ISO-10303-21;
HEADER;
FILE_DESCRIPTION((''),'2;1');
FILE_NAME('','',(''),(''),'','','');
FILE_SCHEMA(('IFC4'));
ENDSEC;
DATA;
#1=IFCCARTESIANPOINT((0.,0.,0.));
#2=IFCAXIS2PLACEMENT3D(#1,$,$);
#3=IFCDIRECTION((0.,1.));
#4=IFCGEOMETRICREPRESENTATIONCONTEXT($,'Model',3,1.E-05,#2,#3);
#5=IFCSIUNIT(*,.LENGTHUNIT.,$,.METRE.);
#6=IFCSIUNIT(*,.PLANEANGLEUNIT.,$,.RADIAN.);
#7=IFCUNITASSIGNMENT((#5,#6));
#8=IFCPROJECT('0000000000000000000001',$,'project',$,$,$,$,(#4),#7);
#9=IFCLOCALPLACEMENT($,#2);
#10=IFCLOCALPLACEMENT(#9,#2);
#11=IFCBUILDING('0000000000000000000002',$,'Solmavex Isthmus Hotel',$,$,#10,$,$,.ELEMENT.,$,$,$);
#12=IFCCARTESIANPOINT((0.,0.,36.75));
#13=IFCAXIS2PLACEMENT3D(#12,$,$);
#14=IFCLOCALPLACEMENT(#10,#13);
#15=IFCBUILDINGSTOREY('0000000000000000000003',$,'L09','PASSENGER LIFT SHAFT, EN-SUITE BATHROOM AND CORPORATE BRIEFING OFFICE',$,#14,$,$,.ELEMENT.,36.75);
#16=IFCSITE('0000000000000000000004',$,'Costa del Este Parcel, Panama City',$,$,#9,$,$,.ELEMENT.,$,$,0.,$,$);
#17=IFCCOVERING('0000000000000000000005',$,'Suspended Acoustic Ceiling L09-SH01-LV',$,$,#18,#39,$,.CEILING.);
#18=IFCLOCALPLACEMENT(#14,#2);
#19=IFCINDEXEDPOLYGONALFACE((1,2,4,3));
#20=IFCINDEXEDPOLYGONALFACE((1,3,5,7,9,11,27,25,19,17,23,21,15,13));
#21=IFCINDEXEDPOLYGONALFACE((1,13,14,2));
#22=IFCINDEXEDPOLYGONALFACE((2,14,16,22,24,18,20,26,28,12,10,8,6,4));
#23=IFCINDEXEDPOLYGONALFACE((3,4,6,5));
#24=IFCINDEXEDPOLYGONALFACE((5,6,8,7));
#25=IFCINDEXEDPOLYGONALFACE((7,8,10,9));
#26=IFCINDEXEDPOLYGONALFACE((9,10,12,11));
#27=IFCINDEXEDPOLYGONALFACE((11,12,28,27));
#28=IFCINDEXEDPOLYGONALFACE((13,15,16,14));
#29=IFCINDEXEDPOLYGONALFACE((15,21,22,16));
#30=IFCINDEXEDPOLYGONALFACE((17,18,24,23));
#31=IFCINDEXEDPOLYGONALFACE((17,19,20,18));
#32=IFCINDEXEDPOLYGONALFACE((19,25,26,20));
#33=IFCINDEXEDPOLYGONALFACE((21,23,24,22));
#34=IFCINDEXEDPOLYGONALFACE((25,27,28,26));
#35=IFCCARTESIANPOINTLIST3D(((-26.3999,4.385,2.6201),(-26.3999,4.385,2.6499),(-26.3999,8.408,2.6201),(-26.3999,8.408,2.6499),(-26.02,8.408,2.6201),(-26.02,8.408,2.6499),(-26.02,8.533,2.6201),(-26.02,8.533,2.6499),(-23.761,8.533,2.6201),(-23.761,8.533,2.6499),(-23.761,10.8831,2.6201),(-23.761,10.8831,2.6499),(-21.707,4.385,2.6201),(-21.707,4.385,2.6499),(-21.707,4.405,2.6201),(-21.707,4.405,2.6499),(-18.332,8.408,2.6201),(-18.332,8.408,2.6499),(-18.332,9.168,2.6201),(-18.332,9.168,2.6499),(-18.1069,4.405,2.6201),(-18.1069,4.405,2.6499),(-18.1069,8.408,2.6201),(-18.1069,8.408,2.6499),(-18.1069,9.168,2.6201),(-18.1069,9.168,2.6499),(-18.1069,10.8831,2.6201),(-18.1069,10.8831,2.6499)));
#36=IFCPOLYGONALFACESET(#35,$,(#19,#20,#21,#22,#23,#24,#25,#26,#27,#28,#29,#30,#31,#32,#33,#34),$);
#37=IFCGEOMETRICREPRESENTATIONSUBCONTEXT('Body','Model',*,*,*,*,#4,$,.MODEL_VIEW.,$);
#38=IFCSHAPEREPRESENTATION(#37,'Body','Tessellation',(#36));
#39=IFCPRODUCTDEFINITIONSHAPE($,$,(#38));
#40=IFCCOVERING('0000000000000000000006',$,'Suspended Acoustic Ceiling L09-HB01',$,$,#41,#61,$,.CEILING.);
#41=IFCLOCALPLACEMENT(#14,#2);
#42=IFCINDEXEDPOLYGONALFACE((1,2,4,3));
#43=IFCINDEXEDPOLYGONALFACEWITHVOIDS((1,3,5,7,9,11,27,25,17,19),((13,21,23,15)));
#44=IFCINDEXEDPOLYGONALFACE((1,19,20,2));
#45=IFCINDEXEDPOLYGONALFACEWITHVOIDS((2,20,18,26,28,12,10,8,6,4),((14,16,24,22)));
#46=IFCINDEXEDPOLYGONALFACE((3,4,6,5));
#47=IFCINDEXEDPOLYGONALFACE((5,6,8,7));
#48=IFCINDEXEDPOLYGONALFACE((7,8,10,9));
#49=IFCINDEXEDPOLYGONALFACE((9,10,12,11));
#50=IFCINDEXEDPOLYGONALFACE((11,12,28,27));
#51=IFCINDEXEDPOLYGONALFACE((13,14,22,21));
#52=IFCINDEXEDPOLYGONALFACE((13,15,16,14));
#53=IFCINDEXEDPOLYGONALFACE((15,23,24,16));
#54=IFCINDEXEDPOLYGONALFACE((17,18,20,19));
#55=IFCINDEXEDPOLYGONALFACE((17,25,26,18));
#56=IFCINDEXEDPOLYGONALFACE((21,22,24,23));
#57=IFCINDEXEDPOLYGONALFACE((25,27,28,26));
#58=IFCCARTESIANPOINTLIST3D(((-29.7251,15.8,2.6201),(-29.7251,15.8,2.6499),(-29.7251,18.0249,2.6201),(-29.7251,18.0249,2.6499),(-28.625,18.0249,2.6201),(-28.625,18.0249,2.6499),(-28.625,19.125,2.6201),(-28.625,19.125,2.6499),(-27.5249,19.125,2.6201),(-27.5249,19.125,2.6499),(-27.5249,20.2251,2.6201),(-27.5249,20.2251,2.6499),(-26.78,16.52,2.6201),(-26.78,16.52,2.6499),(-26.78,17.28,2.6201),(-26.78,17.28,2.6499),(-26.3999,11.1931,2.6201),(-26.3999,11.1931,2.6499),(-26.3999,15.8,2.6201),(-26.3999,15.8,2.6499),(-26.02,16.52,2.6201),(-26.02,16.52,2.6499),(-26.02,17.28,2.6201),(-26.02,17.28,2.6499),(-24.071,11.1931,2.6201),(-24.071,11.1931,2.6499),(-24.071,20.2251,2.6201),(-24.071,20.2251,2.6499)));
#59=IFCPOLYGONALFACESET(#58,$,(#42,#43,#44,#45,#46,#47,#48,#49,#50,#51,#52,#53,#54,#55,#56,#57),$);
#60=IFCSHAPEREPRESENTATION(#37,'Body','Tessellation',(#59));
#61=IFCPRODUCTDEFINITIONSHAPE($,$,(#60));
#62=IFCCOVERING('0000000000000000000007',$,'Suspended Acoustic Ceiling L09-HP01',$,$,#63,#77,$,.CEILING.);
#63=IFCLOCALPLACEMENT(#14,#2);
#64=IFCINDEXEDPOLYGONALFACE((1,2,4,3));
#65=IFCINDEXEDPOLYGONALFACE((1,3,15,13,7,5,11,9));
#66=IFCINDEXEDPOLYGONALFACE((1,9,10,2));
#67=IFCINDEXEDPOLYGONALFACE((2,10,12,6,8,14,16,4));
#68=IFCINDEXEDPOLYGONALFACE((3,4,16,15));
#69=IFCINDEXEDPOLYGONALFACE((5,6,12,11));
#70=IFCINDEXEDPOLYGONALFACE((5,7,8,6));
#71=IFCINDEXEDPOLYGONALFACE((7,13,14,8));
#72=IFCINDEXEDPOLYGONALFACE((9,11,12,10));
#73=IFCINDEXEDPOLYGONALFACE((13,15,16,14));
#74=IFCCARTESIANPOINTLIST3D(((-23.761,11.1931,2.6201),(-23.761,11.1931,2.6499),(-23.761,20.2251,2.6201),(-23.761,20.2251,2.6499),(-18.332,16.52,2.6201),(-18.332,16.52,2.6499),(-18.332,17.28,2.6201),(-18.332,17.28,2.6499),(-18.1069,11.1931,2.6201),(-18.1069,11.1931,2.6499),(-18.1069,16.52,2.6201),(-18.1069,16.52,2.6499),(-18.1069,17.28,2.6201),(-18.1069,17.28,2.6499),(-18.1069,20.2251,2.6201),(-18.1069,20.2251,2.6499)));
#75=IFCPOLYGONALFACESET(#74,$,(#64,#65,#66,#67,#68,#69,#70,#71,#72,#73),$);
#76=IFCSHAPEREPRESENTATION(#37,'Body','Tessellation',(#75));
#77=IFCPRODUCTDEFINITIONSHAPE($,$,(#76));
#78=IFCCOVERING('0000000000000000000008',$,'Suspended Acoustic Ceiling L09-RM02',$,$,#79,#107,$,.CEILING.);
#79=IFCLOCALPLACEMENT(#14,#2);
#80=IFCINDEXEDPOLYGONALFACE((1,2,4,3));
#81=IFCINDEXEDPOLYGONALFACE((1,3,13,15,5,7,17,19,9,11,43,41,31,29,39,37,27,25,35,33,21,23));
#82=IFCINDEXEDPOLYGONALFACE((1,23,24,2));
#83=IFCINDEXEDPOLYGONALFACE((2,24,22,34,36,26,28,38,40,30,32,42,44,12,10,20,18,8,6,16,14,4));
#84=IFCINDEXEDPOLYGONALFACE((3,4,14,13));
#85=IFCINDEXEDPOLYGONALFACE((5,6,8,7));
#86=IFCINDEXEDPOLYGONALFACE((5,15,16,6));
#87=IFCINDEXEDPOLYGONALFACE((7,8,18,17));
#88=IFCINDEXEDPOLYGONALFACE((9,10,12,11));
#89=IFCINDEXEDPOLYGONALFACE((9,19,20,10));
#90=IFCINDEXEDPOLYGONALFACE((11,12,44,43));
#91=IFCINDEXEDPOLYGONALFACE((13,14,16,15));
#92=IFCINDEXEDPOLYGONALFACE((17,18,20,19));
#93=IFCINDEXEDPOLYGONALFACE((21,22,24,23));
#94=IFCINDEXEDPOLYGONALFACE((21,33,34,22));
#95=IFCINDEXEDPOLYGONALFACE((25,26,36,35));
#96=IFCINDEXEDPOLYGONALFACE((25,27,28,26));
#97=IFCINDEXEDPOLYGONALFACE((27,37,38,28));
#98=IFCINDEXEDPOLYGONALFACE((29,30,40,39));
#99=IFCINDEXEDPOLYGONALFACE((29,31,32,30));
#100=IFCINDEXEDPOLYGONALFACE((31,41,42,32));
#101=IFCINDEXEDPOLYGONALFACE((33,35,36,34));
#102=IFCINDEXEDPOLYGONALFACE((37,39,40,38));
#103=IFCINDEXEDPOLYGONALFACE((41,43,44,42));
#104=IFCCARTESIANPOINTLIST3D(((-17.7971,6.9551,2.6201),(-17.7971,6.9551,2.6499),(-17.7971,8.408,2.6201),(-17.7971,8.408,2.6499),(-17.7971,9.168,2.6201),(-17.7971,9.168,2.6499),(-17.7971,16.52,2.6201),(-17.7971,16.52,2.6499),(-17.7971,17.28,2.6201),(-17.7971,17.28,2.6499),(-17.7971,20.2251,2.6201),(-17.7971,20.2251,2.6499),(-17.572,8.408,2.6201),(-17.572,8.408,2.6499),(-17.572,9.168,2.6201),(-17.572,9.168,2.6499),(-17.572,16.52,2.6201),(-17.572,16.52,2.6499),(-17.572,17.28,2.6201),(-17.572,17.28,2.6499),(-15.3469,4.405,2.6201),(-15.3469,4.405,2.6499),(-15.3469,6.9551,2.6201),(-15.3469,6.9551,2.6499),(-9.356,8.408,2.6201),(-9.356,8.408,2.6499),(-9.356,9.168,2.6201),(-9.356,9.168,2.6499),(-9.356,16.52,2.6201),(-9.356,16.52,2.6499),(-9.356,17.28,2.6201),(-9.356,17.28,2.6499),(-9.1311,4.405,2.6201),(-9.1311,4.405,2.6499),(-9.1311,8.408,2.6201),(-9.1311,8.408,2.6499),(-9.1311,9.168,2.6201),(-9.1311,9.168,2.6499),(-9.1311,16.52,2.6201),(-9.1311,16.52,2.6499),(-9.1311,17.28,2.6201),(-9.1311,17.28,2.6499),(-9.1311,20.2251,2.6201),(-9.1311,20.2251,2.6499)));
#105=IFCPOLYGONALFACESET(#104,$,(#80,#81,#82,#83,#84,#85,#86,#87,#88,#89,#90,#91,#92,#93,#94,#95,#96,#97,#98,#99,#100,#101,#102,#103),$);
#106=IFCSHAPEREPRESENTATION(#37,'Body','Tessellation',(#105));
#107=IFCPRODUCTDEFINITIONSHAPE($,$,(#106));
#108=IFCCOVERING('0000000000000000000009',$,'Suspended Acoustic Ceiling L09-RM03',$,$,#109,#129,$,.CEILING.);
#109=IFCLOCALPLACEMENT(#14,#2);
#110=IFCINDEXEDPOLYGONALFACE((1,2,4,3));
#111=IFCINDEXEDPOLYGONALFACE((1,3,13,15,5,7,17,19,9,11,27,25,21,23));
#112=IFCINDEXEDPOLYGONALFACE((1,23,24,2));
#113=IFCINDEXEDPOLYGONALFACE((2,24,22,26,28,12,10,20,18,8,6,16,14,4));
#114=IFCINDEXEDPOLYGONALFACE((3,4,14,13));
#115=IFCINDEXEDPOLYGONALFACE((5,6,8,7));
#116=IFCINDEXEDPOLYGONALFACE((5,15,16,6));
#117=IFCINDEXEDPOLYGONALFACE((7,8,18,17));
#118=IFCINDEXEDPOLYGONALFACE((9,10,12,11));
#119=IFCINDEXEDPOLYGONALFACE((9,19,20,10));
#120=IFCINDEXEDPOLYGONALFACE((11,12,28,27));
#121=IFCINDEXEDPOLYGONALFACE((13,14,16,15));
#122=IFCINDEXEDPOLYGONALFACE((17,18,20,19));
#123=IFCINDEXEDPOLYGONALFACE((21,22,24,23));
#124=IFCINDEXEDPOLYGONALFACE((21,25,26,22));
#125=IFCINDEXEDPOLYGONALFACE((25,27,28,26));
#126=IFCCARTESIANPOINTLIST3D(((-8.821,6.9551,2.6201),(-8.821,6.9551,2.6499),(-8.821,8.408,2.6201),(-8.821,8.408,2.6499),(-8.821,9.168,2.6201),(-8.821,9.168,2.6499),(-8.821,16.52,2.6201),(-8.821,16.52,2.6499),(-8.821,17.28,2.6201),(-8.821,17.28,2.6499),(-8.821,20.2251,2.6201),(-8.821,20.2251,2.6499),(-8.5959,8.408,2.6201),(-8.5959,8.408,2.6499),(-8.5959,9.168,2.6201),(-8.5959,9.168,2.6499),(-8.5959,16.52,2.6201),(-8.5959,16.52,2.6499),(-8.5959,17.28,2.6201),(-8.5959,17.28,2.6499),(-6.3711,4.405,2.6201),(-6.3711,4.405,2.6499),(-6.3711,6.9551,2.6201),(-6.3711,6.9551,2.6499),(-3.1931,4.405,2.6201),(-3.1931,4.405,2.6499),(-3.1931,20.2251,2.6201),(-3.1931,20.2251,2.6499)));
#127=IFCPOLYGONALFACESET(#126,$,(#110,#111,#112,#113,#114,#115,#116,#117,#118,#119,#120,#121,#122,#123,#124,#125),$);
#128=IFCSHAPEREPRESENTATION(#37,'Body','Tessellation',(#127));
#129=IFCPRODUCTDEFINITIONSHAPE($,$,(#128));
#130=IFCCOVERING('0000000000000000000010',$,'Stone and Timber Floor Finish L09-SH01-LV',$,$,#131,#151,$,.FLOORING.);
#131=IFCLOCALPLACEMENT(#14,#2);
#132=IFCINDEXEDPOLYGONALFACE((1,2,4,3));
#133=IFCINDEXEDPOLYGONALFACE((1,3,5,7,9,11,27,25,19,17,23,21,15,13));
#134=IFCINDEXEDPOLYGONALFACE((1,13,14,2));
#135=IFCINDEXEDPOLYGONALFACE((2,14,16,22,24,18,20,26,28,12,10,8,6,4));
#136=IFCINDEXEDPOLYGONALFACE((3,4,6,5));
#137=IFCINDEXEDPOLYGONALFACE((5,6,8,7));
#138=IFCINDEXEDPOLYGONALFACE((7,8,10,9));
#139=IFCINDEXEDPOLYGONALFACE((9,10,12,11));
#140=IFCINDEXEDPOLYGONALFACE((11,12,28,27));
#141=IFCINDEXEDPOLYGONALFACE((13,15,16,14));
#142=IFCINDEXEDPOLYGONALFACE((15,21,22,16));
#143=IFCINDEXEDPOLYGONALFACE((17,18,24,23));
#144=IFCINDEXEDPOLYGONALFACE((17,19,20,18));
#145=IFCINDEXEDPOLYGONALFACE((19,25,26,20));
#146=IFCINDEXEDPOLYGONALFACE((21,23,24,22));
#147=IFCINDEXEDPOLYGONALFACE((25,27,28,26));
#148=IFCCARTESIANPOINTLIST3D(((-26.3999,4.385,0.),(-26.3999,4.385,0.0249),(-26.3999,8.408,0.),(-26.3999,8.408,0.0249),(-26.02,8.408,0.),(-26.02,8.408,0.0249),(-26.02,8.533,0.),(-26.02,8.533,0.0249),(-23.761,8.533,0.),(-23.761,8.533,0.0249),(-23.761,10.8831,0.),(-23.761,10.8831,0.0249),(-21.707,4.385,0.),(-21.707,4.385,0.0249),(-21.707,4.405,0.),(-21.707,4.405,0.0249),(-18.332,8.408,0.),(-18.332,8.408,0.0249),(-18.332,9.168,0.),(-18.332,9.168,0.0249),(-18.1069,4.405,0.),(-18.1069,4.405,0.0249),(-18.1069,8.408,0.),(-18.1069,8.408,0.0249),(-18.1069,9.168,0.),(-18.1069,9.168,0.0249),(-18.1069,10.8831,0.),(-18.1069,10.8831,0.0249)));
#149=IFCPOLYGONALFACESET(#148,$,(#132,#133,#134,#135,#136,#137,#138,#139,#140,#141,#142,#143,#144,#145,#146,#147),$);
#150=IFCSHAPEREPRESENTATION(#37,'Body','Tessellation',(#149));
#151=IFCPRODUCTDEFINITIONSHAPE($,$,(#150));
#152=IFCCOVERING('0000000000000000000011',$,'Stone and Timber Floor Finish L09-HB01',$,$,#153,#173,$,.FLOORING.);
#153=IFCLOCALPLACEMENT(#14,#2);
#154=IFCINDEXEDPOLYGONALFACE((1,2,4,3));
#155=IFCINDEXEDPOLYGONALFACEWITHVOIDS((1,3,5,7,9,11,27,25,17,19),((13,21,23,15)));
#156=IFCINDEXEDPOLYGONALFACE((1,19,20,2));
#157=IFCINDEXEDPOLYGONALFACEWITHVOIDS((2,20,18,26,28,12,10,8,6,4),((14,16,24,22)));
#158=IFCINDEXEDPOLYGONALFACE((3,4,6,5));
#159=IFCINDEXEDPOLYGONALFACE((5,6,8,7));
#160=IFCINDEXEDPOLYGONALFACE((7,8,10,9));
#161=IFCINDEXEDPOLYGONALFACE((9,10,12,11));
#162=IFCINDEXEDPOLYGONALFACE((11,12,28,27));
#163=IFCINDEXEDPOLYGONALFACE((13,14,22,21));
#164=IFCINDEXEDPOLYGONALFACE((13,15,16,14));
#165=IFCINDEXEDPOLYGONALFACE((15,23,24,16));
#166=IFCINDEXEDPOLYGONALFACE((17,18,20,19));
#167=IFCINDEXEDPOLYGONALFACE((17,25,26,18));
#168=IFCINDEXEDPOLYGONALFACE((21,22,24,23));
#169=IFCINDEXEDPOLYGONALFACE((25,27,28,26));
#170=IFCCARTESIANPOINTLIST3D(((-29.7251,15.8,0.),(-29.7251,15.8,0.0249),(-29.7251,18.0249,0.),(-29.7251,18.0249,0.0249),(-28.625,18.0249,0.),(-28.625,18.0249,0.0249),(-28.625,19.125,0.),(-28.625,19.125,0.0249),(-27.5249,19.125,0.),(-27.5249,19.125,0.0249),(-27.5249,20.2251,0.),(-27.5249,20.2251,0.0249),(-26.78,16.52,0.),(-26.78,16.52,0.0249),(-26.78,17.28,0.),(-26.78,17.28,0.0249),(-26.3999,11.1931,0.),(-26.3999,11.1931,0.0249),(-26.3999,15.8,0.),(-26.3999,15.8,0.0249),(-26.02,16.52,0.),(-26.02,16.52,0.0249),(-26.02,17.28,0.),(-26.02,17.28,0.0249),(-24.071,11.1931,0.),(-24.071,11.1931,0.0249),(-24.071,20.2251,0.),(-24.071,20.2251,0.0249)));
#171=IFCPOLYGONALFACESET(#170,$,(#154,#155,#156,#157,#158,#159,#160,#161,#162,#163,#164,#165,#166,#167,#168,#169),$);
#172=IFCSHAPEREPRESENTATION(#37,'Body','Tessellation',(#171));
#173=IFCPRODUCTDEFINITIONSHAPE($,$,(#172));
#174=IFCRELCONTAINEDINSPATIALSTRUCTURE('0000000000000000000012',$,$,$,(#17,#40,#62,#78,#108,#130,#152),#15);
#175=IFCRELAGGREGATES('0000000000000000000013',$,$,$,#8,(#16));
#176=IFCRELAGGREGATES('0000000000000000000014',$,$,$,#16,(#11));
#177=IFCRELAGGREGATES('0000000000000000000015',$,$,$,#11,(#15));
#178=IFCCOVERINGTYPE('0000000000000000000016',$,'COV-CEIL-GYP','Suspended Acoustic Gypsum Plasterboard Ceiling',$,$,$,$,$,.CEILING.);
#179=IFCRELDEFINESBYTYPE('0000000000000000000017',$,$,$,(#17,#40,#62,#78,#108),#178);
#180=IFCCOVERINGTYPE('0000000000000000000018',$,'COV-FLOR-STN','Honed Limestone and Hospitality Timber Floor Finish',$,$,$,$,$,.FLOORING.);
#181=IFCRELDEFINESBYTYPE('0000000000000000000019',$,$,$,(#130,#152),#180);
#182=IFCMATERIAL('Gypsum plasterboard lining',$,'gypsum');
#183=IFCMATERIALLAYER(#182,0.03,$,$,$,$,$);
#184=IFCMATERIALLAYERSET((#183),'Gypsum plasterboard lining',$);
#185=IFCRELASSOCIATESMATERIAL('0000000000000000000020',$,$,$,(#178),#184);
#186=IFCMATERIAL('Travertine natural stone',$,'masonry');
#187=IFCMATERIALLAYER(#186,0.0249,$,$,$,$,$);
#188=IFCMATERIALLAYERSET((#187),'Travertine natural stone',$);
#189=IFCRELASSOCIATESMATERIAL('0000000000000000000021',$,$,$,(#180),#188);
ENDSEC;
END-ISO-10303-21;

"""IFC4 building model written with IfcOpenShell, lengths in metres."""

from ifc_helpers import new_model, si_unit, direction, frame, origin, place, context, subcontext, project, spatial, polyline, outline, extrude, material, layer, layer_set, type_object, element, save


model = new_model("IFC4")

# Units and contexts
model_context = context("Model", 3, precision=1e-05, world=origin(), true_north=direction((0.0, 1.0)))
body_context = subcontext(model_context, "Body", "Model", "MODEL_VIEW")
ifc_project = project(units=[si_unit("LENGTHUNIT", "METRE"), si_unit("PLANEANGLEUNIT", "RADIAN")], contexts=[model_context])

# Site, building, storey
site_placement = place(None, origin())
site = spatial("IfcSite", under=ifc_project, at=site_placement, Name="Costa del Este Parcel, Panama City", CompositionType="ELEMENT", RefElevation=0.0)
building_placement = place(site_placement, origin())
building = spatial("IfcBuilding", under=site, at=building_placement, Name="Solmavex Isthmus Hotel", CompositionType="ELEMENT")
storey_placement = place(building_placement, frame((0.0, 0.0, 36.75)))
storey = spatial("IfcBuildingStorey", under=building, at=storey_placement, Name="L09", Description="PASSENGER LIFT SHAFT, EN-SUITE BATHROOM AND CORPORATE BRIEFING OFFICE", CompositionType="ELEMENT", Elevation=36.75)

# Shared definitions
ifc_material_1 = material(Name="Gypsum plasterboard lining", Category="gypsum")

# Coverings
ifc_layer_1 = layer(ifc_material_1, 0.03)
ifc_layer_set_1 = layer_set([ifc_layer_1], Name="Gypsum plasterboard lining")
covering_type_1 = type_object("IfcCoveringType", Name="COV-CEIL-GYP", Description="Suspended Acoustic Gypsum Plasterboard Ceiling", PredefinedType="CEILING", material=ifc_layer_set_1)
covering_1_placement = place(storey_placement, frame((0.0, 0.0, 2.6201)))
element("IfcCovering", 1, at=covering_1_placement, inside=storey, type_object=covering_type_1, Name="Suspended Acoustic Ceiling L09-SH01-LV", PredefinedType="CEILING", context=body_context, shape_type="SweptSolid", body=[
    extrude(outline(polyline([(-26.02, 8.533), (-26.02, 8.408), (-26.3999, 8.408), (-26.3999, 4.385), (-21.707, 4.385), (-21.707, 4.405), (-18.1069, 4.405), (-18.1069, 8.408), (-18.332, 8.408), (-18.332, 9.168), (-18.1069, 9.168), (-18.1069, 10.8831), (-23.761, 10.8831), (-23.761, 8.533), (-26.02, 8.533)])), origin(), (0.0, 0.0, 1.0), 0.0298),
])
covering_2_placement = place(storey_placement, frame((0.0, 0.0, 2.6201)))
element("IfcCovering", 2, at=covering_2_placement, inside=storey, type_object=covering_type_1, Name="Suspended Acoustic Ceiling L09-HB01", PredefinedType="CEILING", context=body_context, shape_type="SweptSolid", body=[
    extrude(outline(polyline([(-28.625, 18.0249), (-29.7251, 18.0249), (-29.7251, 15.8), (-26.3999, 15.8), (-26.3999, 11.1931), (-24.071, 11.1931), (-24.071, 20.2251), (-27.5249, 20.2251), (-27.5249, 19.125), (-28.625, 19.125), (-28.625, 18.0249)]), holes=[polyline([(-26.78, 17.28), (-26.02, 17.28), (-26.02, 16.52), (-26.78, 16.52), (-26.78, 17.28)])]), origin(), (0.0, 0.0, 1.0), 0.0298),
])
covering_3_placement = place(storey_placement, frame((0.0, 0.0, 2.6201)))
element("IfcCovering", 3, at=covering_3_placement, inside=storey, type_object=covering_type_1, Name="Suspended Acoustic Ceiling L09-HP01", PredefinedType="CEILING", context=body_context, shape_type="SweptSolid", body=[
    extrude(outline(polyline([(-18.1069, 16.52), (-18.332, 16.52), (-18.332, 17.28), (-18.1069, 17.28), (-18.1069, 20.2251), (-23.761, 20.2251), (-23.761, 11.1931), (-18.1069, 11.1931), (-18.1069, 16.52)])), origin(), (0.0, 0.0, 1.0), 0.0298),
])
covering_4_placement = place(storey_placement, frame((0.0, 0.0, 2.6201)))
element("IfcCovering", 4, at=covering_4_placement, inside=storey, type_object=covering_type_1, Name="Suspended Acoustic Ceiling L09-RM02", PredefinedType="CEILING", context=body_context, shape_type="SweptSolid", body=[
    extrude(outline(polyline([(-17.7971, 9.168), (-17.572, 9.168), (-17.572, 8.408), (-17.7971, 8.408), (-17.7971, 6.9551), (-15.3469, 6.9551), (-15.3469, 4.405), (-9.1311, 4.405), (-9.1311, 8.408), (-9.356, 8.408), (-9.356, 9.168), (-9.1311, 9.168), (-9.1311, 16.52), (-9.356, 16.52), (-9.356, 17.28), (-9.1311, 17.28), (-9.1311, 20.2251), (-17.7971, 20.2251), (-17.7971, 17.28), (-17.572, 17.28), (-17.572, 16.52), (-17.7971, 16.52), (-17.7971, 9.168)])), origin(), (0.0, 0.0, 1.0), 0.0298),
])
covering_5_placement = place(storey_placement, frame((0.0, 0.0, 2.6201)))
element("IfcCovering", 5, at=covering_5_placement, inside=storey, type_object=covering_type_1, Name="Suspended Acoustic Ceiling L09-RM03", PredefinedType="CEILING", context=body_context, shape_type="SweptSolid", body=[
    extrude(outline(polyline([(-8.821, 9.168), (-8.5959, 9.168), (-8.5959, 8.408), (-8.821, 8.408), (-8.821, 6.9551), (-6.3711, 6.9551), (-6.3711, 4.405), (-3.1931, 4.405), (-3.1931, 20.2251), (-8.821, 20.2251), (-8.821, 17.28), (-8.5959, 17.28), (-8.5959, 16.52), (-8.821, 16.52), (-8.821, 9.168)])), origin(), (0.0, 0.0, 1.0), 0.0298),
])
ifc_material_2 = material(Name="Travertine natural stone", Category="masonry")
ifc_layer_2 = layer(ifc_material_2, 0.0249)
ifc_layer_set_2 = layer_set([ifc_layer_2], Name="Travertine natural stone")
covering_type_2 = type_object("IfcCoveringType", Name="COV-FLOR-STN", Description="Honed Limestone and Hospitality Timber Floor Finish", PredefinedType="FLOORING", material=ifc_layer_set_2)
covering_6_placement = place(storey_placement, origin())
element("IfcCovering", 6, at=covering_6_placement, inside=storey, type_object=covering_type_2, Name="Stone and Timber Floor Finish L09-SH01-LV", PredefinedType="FLOORING", context=body_context, shape_type="SweptSolid", body=[
    extrude(outline(polyline([(-26.02, 8.533), (-26.02, 8.408), (-26.3999, 8.408), (-26.3999, 4.385), (-21.707, 4.385), (-21.707, 4.405), (-18.1069, 4.405), (-18.1069, 8.408), (-18.332, 8.408), (-18.332, 9.168), (-18.1069, 9.168), (-18.1069, 10.8831), (-23.761, 10.8831), (-23.761, 8.533), (-26.02, 8.533)])), origin(), (0.0, 0.0, 1.0), 0.0249),
])
covering_7_placement = place(storey_placement, origin())
element("IfcCovering", 7, at=covering_7_placement, inside=storey, type_object=covering_type_2, Name="Stone and Timber Floor Finish L09-HB01", PredefinedType="FLOORING", context=body_context, shape_type="SweptSolid", body=[
    extrude(outline(polyline([(-28.625, 18.0249), (-29.7251, 18.0249), (-29.7251, 15.8), (-26.3999, 15.8), (-26.3999, 11.1931), (-24.071, 11.1931), (-24.071, 20.2251), (-27.5249, 20.2251), (-27.5249, 19.125), (-28.625, 19.125), (-28.625, 18.0249)]), holes=[polyline([(-26.78, 17.28), (-26.02, 17.28), (-26.02, 16.52), (-26.78, 16.52), (-26.78, 17.28)])]), origin(), (0.0, 0.0, 1.0), 0.0249),
])

save(model, "model.ifc")
